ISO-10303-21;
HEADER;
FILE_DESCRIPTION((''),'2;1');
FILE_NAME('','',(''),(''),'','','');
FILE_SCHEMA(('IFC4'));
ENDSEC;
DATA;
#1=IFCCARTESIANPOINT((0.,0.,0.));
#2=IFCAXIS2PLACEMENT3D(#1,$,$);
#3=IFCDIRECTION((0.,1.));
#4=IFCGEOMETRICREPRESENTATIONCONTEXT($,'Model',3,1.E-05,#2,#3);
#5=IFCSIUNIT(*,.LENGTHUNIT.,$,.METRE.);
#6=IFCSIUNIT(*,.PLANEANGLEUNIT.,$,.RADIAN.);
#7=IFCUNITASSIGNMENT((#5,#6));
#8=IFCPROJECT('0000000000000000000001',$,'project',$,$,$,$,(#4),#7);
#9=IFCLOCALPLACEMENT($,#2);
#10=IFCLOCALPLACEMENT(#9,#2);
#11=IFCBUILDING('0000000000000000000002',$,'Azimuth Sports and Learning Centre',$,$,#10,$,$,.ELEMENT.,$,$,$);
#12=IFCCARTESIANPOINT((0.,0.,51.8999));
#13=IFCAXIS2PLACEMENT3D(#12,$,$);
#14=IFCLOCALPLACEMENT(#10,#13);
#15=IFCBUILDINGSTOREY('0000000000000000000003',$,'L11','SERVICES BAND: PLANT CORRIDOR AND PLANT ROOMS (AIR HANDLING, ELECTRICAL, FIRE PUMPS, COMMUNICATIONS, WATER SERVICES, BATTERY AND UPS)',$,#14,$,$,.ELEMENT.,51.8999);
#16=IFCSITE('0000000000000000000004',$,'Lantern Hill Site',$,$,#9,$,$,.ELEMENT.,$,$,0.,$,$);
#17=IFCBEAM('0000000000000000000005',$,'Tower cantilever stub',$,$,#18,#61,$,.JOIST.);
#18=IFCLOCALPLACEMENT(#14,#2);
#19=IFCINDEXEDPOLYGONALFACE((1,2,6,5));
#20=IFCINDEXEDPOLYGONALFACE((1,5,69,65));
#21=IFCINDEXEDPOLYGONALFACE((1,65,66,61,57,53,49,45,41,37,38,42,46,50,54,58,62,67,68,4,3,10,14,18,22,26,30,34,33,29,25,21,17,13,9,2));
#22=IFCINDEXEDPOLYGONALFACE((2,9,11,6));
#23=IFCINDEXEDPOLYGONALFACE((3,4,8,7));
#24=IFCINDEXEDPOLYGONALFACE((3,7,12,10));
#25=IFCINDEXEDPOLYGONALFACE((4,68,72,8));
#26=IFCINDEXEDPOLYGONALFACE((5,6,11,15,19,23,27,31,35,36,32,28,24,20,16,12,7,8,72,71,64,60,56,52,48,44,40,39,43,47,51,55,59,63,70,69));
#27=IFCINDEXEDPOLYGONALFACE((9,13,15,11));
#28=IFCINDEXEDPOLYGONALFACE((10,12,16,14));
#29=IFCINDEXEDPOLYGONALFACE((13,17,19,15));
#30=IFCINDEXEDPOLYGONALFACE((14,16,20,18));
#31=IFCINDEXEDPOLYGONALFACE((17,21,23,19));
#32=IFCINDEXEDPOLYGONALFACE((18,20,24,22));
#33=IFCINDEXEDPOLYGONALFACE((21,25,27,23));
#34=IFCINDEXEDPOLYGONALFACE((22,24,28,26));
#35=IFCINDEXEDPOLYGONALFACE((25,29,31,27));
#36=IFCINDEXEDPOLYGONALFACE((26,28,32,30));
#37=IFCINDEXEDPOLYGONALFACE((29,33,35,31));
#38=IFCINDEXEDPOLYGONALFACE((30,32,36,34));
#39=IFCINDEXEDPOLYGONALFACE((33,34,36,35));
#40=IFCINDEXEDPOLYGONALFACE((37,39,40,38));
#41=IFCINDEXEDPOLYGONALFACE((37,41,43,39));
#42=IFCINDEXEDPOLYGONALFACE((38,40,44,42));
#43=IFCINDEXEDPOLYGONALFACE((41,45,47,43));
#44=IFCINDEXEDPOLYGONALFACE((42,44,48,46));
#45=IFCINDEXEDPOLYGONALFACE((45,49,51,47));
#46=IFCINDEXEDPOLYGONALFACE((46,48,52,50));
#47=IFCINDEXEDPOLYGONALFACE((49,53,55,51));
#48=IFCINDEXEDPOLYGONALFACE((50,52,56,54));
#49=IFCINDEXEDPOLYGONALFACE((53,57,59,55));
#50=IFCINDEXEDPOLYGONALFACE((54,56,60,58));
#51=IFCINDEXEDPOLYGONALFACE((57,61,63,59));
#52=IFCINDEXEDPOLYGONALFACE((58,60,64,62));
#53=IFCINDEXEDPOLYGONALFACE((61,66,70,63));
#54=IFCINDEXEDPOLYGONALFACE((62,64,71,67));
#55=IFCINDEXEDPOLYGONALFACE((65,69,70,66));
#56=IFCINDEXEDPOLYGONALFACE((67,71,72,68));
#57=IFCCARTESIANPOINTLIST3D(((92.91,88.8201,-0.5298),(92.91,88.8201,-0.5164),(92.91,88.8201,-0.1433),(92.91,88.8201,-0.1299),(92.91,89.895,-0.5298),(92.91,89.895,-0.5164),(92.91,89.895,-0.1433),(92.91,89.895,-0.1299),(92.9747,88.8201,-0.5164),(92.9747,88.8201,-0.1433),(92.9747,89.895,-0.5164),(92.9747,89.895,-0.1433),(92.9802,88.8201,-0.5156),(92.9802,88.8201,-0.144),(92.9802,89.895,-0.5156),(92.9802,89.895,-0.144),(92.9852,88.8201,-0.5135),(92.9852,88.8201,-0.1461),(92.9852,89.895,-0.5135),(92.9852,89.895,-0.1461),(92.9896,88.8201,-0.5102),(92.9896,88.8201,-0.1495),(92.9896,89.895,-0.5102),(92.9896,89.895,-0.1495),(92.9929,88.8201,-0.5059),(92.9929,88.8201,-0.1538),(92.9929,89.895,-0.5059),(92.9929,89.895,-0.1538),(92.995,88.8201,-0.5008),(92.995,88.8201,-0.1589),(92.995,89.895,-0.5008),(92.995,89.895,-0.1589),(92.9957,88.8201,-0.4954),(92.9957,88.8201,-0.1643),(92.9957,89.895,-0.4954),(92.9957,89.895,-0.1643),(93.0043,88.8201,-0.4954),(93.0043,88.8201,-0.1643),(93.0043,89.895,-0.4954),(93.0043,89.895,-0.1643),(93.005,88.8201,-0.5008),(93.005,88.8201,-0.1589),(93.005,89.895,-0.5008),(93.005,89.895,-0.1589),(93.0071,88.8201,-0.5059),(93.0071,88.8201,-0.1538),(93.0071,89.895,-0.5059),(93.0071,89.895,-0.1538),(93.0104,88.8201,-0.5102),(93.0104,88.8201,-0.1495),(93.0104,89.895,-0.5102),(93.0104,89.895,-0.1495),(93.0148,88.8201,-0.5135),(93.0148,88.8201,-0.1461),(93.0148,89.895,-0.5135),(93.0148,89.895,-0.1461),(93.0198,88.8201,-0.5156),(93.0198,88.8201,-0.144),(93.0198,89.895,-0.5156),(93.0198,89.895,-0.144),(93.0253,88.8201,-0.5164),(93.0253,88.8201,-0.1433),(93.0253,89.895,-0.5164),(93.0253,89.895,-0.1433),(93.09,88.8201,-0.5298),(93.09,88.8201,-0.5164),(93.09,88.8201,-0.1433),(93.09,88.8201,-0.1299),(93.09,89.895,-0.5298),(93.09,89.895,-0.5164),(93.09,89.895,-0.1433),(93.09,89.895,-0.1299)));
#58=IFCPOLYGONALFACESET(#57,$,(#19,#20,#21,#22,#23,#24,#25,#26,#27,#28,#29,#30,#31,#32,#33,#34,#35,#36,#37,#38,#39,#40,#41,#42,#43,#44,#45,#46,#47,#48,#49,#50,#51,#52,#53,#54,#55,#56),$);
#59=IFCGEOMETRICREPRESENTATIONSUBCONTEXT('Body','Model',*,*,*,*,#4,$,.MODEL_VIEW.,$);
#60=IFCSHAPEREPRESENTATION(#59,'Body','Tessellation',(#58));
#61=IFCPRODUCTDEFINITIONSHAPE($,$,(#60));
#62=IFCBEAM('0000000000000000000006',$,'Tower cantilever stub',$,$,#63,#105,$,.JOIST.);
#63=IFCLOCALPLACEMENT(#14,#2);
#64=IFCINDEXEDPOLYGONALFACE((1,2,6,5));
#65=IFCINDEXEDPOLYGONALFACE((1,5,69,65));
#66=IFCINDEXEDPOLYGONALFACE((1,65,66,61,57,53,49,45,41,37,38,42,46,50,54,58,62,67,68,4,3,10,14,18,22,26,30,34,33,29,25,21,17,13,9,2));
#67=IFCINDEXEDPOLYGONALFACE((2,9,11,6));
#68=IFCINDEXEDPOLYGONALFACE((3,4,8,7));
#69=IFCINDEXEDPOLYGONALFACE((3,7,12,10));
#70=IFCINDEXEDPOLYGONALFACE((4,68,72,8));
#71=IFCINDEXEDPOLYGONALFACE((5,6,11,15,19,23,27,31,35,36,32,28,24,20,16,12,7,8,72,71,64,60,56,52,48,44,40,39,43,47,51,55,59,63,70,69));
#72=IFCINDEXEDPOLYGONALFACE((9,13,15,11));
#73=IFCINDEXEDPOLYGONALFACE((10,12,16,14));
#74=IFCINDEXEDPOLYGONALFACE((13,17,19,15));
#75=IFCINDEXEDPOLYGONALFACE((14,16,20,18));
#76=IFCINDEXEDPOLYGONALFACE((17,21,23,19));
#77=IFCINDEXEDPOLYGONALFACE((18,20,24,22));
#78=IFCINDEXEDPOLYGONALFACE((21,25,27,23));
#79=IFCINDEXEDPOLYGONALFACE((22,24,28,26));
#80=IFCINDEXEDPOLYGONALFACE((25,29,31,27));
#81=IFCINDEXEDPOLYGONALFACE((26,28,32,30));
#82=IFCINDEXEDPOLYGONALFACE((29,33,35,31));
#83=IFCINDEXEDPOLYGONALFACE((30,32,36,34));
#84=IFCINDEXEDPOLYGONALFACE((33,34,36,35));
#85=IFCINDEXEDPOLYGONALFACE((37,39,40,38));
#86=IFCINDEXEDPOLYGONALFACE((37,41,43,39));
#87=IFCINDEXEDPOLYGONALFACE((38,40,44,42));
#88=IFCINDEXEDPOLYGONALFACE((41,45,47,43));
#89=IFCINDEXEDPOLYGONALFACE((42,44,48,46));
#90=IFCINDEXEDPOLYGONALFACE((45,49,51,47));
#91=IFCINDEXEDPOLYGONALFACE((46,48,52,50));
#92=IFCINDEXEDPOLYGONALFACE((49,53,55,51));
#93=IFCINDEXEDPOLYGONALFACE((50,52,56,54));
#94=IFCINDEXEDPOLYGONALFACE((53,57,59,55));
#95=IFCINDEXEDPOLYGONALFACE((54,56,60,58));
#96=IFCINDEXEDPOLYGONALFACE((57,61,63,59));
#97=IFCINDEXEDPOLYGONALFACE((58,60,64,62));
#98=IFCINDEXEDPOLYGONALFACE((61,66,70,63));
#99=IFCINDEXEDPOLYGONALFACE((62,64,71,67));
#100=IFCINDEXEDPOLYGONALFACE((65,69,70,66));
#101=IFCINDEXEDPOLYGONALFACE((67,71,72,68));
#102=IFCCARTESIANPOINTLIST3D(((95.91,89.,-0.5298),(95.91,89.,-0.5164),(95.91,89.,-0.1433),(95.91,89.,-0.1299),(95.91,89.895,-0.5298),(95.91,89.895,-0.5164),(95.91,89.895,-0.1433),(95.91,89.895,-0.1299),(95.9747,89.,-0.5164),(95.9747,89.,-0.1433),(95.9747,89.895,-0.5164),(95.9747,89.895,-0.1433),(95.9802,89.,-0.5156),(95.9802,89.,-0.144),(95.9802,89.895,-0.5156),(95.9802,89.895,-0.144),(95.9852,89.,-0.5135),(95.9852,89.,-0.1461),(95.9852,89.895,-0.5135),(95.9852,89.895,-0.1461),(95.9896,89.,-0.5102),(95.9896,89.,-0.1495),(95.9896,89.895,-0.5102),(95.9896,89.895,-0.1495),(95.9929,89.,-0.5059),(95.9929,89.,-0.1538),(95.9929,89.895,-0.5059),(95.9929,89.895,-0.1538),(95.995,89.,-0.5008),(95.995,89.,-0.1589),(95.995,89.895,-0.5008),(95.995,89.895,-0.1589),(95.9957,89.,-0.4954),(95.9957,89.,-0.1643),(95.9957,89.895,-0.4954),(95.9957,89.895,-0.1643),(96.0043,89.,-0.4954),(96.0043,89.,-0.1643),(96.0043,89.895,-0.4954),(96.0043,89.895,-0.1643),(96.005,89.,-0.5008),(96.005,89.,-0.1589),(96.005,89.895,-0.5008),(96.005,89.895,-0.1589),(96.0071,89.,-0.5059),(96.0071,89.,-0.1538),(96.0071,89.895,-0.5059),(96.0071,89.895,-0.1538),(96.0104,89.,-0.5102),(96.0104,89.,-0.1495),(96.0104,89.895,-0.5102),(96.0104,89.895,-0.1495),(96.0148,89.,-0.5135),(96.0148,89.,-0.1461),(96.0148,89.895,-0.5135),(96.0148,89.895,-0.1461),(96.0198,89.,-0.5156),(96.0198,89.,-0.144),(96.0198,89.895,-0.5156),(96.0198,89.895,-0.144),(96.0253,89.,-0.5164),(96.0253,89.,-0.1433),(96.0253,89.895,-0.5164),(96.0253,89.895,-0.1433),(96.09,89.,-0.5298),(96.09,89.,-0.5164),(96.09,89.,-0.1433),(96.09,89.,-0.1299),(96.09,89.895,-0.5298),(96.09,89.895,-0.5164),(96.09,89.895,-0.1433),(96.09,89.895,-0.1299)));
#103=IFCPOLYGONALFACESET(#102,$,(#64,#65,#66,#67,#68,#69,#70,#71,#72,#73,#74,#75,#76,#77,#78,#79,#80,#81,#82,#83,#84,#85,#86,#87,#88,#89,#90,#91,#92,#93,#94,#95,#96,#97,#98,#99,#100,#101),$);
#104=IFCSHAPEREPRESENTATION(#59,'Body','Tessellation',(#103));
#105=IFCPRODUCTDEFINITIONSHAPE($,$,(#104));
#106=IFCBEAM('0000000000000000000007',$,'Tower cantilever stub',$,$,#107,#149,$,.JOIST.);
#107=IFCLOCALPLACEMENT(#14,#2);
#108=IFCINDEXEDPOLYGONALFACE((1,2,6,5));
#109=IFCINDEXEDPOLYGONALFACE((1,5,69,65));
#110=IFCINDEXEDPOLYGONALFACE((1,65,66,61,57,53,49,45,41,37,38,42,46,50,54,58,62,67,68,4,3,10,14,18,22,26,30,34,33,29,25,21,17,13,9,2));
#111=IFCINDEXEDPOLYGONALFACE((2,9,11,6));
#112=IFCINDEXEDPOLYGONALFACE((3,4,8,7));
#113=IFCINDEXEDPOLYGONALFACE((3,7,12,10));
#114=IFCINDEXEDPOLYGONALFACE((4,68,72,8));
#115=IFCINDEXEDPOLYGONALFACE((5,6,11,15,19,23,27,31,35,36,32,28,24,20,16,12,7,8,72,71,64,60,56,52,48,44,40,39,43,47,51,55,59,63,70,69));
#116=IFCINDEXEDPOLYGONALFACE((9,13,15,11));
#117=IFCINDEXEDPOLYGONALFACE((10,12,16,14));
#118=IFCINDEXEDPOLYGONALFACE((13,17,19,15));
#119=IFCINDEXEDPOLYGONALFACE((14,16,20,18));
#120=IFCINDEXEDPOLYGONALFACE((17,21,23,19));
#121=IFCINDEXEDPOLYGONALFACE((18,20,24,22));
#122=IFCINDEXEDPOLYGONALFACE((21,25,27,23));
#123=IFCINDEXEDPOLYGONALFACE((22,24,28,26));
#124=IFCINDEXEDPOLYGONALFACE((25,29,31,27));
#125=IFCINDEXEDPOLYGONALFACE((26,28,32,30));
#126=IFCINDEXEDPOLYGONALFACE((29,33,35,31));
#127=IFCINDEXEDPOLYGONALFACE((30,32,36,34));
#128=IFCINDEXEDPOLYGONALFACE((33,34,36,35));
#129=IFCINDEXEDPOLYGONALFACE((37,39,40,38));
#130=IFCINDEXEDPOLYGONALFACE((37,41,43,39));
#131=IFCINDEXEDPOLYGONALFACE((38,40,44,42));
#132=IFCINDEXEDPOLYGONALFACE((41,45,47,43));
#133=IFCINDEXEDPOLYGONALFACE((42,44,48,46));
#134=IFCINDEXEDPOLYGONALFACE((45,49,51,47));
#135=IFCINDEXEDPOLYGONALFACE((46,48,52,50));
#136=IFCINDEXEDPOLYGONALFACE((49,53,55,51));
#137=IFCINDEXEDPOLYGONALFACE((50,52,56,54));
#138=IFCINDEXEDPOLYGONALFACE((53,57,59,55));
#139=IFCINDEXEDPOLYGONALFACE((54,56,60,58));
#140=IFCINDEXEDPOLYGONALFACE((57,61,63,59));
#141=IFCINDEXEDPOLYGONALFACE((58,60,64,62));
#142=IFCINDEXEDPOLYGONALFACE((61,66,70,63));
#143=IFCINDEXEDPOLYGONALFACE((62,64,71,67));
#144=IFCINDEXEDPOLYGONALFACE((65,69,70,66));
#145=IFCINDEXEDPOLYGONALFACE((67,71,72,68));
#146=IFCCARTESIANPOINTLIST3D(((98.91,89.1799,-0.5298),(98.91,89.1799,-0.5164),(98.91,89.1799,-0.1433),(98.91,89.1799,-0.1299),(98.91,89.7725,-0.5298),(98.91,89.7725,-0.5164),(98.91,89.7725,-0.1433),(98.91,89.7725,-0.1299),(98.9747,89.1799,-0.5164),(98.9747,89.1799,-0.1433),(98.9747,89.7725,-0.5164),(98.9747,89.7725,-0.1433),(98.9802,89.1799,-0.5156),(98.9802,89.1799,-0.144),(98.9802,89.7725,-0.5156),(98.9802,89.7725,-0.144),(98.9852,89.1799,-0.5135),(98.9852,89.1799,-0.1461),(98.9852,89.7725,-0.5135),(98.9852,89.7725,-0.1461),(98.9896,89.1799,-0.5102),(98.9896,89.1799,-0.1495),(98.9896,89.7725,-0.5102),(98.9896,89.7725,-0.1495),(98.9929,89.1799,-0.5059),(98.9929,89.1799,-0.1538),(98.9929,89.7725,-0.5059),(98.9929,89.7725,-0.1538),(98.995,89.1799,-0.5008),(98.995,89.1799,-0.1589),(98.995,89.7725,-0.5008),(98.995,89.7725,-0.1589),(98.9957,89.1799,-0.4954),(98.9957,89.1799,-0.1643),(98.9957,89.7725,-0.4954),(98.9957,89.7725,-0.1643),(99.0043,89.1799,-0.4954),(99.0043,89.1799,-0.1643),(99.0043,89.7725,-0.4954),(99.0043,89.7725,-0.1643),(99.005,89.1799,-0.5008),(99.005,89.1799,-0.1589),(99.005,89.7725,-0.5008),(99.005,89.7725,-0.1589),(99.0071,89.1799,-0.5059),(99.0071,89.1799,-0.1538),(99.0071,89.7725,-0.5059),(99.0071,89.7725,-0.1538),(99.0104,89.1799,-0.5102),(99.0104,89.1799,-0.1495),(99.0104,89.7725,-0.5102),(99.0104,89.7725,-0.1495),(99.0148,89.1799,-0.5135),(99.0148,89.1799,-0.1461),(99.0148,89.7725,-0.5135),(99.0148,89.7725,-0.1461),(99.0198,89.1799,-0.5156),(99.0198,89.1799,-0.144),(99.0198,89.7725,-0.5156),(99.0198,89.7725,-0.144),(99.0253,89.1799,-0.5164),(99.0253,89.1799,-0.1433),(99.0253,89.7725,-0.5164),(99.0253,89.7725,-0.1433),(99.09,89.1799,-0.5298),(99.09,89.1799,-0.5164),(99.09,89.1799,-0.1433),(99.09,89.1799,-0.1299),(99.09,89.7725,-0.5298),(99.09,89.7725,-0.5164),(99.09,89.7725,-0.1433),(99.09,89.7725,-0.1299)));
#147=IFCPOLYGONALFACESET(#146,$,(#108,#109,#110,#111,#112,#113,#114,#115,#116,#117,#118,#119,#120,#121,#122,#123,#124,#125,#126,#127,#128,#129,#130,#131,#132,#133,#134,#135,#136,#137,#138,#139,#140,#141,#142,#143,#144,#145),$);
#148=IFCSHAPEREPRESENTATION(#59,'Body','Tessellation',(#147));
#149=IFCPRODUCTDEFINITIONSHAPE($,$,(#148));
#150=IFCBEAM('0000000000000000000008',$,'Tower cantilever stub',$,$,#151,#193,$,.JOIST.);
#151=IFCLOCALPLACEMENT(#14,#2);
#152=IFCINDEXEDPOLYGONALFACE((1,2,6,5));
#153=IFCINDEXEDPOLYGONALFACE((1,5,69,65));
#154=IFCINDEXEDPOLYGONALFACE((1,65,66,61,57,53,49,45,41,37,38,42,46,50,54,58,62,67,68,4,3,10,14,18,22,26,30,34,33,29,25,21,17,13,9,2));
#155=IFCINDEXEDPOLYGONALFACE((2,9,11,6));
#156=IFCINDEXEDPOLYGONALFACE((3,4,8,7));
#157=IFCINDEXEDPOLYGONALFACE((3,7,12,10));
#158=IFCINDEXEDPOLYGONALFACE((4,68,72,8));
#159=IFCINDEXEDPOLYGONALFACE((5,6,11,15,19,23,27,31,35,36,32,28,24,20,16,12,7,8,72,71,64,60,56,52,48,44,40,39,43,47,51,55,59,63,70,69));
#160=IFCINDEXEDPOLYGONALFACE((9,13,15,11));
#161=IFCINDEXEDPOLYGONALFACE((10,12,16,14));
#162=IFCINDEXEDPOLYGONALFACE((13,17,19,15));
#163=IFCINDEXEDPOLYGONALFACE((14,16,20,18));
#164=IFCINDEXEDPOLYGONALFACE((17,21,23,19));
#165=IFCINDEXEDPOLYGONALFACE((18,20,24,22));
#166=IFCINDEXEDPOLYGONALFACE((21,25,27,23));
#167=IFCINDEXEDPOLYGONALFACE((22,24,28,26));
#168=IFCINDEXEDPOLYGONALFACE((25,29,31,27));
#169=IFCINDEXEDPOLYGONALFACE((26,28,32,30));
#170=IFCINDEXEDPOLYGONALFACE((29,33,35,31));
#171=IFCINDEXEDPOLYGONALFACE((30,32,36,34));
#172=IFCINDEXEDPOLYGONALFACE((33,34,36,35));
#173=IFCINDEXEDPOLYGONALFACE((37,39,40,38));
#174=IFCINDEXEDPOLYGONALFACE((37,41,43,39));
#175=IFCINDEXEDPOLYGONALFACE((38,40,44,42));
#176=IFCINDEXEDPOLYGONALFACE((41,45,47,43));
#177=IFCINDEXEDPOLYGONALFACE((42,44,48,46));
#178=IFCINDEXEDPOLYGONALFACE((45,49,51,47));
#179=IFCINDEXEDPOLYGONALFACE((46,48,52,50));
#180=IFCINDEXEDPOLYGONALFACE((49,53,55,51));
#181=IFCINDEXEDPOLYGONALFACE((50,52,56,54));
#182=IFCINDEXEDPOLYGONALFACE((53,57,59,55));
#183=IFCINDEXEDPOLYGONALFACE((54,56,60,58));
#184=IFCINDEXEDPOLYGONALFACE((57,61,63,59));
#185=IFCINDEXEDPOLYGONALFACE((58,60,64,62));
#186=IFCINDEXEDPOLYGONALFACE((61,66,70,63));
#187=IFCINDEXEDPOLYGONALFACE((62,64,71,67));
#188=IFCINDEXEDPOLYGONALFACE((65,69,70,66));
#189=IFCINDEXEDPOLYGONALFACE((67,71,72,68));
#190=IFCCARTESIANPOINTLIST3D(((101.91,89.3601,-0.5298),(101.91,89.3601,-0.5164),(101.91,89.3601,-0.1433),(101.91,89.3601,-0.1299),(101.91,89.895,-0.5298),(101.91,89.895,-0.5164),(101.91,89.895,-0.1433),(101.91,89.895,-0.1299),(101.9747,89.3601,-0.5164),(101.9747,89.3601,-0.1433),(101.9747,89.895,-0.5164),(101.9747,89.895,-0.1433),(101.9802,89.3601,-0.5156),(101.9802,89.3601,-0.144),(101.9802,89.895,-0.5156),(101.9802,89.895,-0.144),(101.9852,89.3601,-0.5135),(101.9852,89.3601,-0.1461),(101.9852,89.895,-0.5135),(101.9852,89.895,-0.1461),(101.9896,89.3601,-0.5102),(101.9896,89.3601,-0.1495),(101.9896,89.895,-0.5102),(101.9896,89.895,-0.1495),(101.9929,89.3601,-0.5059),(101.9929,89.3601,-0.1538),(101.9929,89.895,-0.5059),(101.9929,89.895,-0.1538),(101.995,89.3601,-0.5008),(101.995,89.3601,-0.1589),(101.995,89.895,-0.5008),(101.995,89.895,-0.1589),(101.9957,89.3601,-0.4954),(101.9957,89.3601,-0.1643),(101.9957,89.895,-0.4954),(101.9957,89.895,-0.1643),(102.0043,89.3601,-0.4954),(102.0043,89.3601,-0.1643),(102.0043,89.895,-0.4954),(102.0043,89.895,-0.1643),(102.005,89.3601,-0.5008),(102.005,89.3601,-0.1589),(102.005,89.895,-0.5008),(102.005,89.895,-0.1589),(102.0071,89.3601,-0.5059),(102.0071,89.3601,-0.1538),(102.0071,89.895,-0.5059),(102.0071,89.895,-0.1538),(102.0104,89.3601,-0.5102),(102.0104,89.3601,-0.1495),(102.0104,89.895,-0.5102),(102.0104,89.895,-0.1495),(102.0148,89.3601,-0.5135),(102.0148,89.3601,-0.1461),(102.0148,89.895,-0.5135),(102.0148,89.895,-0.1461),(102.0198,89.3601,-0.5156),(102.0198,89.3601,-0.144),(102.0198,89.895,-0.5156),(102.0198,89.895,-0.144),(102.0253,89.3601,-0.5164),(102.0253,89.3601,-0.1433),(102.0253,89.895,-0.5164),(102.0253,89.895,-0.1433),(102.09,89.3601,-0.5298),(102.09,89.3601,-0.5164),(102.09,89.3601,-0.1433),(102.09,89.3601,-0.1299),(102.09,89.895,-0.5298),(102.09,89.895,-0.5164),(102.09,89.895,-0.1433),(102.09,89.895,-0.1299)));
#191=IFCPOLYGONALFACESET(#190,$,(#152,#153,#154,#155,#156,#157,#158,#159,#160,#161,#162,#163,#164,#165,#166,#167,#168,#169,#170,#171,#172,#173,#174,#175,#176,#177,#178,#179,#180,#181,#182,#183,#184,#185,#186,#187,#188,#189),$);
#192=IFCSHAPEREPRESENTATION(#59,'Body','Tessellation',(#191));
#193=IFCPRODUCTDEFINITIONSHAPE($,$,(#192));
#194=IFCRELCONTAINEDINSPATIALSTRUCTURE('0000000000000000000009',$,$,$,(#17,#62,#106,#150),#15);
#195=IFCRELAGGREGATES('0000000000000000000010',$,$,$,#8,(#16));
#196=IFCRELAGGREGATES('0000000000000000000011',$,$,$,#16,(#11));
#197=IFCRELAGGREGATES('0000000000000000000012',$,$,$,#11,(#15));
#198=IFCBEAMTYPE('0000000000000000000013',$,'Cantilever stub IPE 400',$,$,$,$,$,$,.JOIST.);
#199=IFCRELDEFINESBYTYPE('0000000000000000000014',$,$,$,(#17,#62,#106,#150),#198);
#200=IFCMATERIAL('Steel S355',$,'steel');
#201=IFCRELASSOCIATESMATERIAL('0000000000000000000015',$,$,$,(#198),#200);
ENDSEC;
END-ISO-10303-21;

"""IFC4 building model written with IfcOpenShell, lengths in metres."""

from ifc_helpers import new_model, si_unit, direction, frame, origin, origin_2d, place, context, subcontext, project, spatial, i_section, extrude, material, material_profile, profile_set, type_object, element, save


model = new_model("IFC4")

# Units and contexts
model_context = context("Model", 3, precision=1e-05, world=origin(), true_north=direction((0.0, 1.0)))
body_context = subcontext(model_context, "Body", "Model", "MODEL_VIEW")
ifc_project = project(units=[si_unit("LENGTHUNIT", "METRE"), si_unit("PLANEANGLEUNIT", "RADIAN")], contexts=[model_context])

# Site, building, storey
site_placement = place(None, origin())
site = spatial("IfcSite", under=ifc_project, at=site_placement, Name="Lantern Hill Site", CompositionType="ELEMENT", RefElevation=0.0)
building_placement = place(site_placement, origin())
building = spatial("IfcBuilding", under=site, at=building_placement, Name="Azimuth Sports and Learning Centre", CompositionType="ELEMENT")
storey_placement = place(building_placement, frame((0.0, 0.0, 51.8999)))
storey = spatial("IfcBuildingStorey", under=building, at=storey_placement, Name="L11", Description="SERVICES BAND: PLANT CORRIDOR AND PLANT ROOMS (AIR HANDLING, ELECTRICAL, FIRE PUMPS, COMMUNICATIONS, WATER SERVICES, BATTERY AND UPS)", CompositionType="ELEMENT", Elevation=51.8999)

# Beams
ifc_material_1 = material(Name="Steel S355", Category="steel")
ifc_material_profile_1 = material_profile(ifc_material_1, i_section(OverallWidth=0.1799, OverallDepth=0.3999, WebThickness=0.0085, FlangeThickness=0.0134, FilletRadius=0.021, at=origin_2d()), Name="IPE 400")
ifc_profile_set_1 = profile_set([ifc_material_profile_1], Name="Steel S355")
beam_type_1 = type_object("IfcBeamType", Name="Cantilever stub IPE 400", PredefinedType="JOIST", material=ifc_profile_set_1)
beam_1_placement = place(storey_placement, frame((93.0, 89.895, -0.3298), z_axis=(0.0, -1.0, 0.0), x_axis=(1.0, 0.0, 0.0)))
element("IfcBeam", 1, at=beam_1_placement, inside=storey, type_object=beam_type_1, Name="Tower cantilever stub", PredefinedType="JOIST", context=body_context, shape_type="SweptSolid", body=[
    extrude(i_section(OverallWidth=0.1799, OverallDepth=0.3999, WebThickness=0.0085, FlangeThickness=0.0134, FilletRadius=0.021, at=origin_2d()), origin(), (0.0, 0.0, 1.0), 1.075),
])
beam_2_placement = place(storey_placement, frame((96.0, 89.895, -0.3298), z_axis=(0.0, -1.0, 0.0), x_axis=(1.0, 0.0, 0.0)))
element("IfcBeam", 2, at=beam_2_placement, inside=storey, type_object=beam_type_1, Name="Tower cantilever stub", PredefinedType="JOIST", context=body_context, shape_type="SweptSolid", body=[
    extrude(i_section(OverallWidth=0.1799, OverallDepth=0.3999, WebThickness=0.0085, FlangeThickness=0.0134, FilletRadius=0.021, at=origin_2d()), origin(), (0.0, 0.0, 1.0), 0.895),
])
beam_3_placement = place(storey_placement, frame((99.0, 89.7725, -0.3298), z_axis=(0.0, -1.0, 0.0), x_axis=(1.0, 0.0, 0.0)))
element("IfcBeam", 3, at=beam_3_placement, inside=storey, type_object=beam_type_1, Name="Tower cantilever stub", PredefinedType="JOIST", context=body_context, shape_type="SweptSolid", body=[
    extrude(i_section(OverallWidth=0.1799, OverallDepth=0.3999, WebThickness=0.0085, FlangeThickness=0.0134, FilletRadius=0.021, at=origin_2d()), origin(), (0.0, 0.0, 1.0), 0.5925),
])
beam_4_placement = place(storey_placement, frame((102.0, 89.895, -0.3298), z_axis=(0.0, -1.0, 0.0), x_axis=(1.0, 0.0, 0.0)))
element("IfcBeam", 4, at=beam_4_placement, inside=storey, type_object=beam_type_1, Name="Tower cantilever stub", PredefinedType="JOIST", context=body_context, shape_type="SweptSolid", body=[
    extrude(i_section(OverallWidth=0.1799, OverallDepth=0.3999, WebThickness=0.0085, FlangeThickness=0.0134, FilletRadius=0.021, at=origin_2d()), origin(), (0.0, 0.0, 1.0), 0.5349),
])

save(model, "model.ifc")
